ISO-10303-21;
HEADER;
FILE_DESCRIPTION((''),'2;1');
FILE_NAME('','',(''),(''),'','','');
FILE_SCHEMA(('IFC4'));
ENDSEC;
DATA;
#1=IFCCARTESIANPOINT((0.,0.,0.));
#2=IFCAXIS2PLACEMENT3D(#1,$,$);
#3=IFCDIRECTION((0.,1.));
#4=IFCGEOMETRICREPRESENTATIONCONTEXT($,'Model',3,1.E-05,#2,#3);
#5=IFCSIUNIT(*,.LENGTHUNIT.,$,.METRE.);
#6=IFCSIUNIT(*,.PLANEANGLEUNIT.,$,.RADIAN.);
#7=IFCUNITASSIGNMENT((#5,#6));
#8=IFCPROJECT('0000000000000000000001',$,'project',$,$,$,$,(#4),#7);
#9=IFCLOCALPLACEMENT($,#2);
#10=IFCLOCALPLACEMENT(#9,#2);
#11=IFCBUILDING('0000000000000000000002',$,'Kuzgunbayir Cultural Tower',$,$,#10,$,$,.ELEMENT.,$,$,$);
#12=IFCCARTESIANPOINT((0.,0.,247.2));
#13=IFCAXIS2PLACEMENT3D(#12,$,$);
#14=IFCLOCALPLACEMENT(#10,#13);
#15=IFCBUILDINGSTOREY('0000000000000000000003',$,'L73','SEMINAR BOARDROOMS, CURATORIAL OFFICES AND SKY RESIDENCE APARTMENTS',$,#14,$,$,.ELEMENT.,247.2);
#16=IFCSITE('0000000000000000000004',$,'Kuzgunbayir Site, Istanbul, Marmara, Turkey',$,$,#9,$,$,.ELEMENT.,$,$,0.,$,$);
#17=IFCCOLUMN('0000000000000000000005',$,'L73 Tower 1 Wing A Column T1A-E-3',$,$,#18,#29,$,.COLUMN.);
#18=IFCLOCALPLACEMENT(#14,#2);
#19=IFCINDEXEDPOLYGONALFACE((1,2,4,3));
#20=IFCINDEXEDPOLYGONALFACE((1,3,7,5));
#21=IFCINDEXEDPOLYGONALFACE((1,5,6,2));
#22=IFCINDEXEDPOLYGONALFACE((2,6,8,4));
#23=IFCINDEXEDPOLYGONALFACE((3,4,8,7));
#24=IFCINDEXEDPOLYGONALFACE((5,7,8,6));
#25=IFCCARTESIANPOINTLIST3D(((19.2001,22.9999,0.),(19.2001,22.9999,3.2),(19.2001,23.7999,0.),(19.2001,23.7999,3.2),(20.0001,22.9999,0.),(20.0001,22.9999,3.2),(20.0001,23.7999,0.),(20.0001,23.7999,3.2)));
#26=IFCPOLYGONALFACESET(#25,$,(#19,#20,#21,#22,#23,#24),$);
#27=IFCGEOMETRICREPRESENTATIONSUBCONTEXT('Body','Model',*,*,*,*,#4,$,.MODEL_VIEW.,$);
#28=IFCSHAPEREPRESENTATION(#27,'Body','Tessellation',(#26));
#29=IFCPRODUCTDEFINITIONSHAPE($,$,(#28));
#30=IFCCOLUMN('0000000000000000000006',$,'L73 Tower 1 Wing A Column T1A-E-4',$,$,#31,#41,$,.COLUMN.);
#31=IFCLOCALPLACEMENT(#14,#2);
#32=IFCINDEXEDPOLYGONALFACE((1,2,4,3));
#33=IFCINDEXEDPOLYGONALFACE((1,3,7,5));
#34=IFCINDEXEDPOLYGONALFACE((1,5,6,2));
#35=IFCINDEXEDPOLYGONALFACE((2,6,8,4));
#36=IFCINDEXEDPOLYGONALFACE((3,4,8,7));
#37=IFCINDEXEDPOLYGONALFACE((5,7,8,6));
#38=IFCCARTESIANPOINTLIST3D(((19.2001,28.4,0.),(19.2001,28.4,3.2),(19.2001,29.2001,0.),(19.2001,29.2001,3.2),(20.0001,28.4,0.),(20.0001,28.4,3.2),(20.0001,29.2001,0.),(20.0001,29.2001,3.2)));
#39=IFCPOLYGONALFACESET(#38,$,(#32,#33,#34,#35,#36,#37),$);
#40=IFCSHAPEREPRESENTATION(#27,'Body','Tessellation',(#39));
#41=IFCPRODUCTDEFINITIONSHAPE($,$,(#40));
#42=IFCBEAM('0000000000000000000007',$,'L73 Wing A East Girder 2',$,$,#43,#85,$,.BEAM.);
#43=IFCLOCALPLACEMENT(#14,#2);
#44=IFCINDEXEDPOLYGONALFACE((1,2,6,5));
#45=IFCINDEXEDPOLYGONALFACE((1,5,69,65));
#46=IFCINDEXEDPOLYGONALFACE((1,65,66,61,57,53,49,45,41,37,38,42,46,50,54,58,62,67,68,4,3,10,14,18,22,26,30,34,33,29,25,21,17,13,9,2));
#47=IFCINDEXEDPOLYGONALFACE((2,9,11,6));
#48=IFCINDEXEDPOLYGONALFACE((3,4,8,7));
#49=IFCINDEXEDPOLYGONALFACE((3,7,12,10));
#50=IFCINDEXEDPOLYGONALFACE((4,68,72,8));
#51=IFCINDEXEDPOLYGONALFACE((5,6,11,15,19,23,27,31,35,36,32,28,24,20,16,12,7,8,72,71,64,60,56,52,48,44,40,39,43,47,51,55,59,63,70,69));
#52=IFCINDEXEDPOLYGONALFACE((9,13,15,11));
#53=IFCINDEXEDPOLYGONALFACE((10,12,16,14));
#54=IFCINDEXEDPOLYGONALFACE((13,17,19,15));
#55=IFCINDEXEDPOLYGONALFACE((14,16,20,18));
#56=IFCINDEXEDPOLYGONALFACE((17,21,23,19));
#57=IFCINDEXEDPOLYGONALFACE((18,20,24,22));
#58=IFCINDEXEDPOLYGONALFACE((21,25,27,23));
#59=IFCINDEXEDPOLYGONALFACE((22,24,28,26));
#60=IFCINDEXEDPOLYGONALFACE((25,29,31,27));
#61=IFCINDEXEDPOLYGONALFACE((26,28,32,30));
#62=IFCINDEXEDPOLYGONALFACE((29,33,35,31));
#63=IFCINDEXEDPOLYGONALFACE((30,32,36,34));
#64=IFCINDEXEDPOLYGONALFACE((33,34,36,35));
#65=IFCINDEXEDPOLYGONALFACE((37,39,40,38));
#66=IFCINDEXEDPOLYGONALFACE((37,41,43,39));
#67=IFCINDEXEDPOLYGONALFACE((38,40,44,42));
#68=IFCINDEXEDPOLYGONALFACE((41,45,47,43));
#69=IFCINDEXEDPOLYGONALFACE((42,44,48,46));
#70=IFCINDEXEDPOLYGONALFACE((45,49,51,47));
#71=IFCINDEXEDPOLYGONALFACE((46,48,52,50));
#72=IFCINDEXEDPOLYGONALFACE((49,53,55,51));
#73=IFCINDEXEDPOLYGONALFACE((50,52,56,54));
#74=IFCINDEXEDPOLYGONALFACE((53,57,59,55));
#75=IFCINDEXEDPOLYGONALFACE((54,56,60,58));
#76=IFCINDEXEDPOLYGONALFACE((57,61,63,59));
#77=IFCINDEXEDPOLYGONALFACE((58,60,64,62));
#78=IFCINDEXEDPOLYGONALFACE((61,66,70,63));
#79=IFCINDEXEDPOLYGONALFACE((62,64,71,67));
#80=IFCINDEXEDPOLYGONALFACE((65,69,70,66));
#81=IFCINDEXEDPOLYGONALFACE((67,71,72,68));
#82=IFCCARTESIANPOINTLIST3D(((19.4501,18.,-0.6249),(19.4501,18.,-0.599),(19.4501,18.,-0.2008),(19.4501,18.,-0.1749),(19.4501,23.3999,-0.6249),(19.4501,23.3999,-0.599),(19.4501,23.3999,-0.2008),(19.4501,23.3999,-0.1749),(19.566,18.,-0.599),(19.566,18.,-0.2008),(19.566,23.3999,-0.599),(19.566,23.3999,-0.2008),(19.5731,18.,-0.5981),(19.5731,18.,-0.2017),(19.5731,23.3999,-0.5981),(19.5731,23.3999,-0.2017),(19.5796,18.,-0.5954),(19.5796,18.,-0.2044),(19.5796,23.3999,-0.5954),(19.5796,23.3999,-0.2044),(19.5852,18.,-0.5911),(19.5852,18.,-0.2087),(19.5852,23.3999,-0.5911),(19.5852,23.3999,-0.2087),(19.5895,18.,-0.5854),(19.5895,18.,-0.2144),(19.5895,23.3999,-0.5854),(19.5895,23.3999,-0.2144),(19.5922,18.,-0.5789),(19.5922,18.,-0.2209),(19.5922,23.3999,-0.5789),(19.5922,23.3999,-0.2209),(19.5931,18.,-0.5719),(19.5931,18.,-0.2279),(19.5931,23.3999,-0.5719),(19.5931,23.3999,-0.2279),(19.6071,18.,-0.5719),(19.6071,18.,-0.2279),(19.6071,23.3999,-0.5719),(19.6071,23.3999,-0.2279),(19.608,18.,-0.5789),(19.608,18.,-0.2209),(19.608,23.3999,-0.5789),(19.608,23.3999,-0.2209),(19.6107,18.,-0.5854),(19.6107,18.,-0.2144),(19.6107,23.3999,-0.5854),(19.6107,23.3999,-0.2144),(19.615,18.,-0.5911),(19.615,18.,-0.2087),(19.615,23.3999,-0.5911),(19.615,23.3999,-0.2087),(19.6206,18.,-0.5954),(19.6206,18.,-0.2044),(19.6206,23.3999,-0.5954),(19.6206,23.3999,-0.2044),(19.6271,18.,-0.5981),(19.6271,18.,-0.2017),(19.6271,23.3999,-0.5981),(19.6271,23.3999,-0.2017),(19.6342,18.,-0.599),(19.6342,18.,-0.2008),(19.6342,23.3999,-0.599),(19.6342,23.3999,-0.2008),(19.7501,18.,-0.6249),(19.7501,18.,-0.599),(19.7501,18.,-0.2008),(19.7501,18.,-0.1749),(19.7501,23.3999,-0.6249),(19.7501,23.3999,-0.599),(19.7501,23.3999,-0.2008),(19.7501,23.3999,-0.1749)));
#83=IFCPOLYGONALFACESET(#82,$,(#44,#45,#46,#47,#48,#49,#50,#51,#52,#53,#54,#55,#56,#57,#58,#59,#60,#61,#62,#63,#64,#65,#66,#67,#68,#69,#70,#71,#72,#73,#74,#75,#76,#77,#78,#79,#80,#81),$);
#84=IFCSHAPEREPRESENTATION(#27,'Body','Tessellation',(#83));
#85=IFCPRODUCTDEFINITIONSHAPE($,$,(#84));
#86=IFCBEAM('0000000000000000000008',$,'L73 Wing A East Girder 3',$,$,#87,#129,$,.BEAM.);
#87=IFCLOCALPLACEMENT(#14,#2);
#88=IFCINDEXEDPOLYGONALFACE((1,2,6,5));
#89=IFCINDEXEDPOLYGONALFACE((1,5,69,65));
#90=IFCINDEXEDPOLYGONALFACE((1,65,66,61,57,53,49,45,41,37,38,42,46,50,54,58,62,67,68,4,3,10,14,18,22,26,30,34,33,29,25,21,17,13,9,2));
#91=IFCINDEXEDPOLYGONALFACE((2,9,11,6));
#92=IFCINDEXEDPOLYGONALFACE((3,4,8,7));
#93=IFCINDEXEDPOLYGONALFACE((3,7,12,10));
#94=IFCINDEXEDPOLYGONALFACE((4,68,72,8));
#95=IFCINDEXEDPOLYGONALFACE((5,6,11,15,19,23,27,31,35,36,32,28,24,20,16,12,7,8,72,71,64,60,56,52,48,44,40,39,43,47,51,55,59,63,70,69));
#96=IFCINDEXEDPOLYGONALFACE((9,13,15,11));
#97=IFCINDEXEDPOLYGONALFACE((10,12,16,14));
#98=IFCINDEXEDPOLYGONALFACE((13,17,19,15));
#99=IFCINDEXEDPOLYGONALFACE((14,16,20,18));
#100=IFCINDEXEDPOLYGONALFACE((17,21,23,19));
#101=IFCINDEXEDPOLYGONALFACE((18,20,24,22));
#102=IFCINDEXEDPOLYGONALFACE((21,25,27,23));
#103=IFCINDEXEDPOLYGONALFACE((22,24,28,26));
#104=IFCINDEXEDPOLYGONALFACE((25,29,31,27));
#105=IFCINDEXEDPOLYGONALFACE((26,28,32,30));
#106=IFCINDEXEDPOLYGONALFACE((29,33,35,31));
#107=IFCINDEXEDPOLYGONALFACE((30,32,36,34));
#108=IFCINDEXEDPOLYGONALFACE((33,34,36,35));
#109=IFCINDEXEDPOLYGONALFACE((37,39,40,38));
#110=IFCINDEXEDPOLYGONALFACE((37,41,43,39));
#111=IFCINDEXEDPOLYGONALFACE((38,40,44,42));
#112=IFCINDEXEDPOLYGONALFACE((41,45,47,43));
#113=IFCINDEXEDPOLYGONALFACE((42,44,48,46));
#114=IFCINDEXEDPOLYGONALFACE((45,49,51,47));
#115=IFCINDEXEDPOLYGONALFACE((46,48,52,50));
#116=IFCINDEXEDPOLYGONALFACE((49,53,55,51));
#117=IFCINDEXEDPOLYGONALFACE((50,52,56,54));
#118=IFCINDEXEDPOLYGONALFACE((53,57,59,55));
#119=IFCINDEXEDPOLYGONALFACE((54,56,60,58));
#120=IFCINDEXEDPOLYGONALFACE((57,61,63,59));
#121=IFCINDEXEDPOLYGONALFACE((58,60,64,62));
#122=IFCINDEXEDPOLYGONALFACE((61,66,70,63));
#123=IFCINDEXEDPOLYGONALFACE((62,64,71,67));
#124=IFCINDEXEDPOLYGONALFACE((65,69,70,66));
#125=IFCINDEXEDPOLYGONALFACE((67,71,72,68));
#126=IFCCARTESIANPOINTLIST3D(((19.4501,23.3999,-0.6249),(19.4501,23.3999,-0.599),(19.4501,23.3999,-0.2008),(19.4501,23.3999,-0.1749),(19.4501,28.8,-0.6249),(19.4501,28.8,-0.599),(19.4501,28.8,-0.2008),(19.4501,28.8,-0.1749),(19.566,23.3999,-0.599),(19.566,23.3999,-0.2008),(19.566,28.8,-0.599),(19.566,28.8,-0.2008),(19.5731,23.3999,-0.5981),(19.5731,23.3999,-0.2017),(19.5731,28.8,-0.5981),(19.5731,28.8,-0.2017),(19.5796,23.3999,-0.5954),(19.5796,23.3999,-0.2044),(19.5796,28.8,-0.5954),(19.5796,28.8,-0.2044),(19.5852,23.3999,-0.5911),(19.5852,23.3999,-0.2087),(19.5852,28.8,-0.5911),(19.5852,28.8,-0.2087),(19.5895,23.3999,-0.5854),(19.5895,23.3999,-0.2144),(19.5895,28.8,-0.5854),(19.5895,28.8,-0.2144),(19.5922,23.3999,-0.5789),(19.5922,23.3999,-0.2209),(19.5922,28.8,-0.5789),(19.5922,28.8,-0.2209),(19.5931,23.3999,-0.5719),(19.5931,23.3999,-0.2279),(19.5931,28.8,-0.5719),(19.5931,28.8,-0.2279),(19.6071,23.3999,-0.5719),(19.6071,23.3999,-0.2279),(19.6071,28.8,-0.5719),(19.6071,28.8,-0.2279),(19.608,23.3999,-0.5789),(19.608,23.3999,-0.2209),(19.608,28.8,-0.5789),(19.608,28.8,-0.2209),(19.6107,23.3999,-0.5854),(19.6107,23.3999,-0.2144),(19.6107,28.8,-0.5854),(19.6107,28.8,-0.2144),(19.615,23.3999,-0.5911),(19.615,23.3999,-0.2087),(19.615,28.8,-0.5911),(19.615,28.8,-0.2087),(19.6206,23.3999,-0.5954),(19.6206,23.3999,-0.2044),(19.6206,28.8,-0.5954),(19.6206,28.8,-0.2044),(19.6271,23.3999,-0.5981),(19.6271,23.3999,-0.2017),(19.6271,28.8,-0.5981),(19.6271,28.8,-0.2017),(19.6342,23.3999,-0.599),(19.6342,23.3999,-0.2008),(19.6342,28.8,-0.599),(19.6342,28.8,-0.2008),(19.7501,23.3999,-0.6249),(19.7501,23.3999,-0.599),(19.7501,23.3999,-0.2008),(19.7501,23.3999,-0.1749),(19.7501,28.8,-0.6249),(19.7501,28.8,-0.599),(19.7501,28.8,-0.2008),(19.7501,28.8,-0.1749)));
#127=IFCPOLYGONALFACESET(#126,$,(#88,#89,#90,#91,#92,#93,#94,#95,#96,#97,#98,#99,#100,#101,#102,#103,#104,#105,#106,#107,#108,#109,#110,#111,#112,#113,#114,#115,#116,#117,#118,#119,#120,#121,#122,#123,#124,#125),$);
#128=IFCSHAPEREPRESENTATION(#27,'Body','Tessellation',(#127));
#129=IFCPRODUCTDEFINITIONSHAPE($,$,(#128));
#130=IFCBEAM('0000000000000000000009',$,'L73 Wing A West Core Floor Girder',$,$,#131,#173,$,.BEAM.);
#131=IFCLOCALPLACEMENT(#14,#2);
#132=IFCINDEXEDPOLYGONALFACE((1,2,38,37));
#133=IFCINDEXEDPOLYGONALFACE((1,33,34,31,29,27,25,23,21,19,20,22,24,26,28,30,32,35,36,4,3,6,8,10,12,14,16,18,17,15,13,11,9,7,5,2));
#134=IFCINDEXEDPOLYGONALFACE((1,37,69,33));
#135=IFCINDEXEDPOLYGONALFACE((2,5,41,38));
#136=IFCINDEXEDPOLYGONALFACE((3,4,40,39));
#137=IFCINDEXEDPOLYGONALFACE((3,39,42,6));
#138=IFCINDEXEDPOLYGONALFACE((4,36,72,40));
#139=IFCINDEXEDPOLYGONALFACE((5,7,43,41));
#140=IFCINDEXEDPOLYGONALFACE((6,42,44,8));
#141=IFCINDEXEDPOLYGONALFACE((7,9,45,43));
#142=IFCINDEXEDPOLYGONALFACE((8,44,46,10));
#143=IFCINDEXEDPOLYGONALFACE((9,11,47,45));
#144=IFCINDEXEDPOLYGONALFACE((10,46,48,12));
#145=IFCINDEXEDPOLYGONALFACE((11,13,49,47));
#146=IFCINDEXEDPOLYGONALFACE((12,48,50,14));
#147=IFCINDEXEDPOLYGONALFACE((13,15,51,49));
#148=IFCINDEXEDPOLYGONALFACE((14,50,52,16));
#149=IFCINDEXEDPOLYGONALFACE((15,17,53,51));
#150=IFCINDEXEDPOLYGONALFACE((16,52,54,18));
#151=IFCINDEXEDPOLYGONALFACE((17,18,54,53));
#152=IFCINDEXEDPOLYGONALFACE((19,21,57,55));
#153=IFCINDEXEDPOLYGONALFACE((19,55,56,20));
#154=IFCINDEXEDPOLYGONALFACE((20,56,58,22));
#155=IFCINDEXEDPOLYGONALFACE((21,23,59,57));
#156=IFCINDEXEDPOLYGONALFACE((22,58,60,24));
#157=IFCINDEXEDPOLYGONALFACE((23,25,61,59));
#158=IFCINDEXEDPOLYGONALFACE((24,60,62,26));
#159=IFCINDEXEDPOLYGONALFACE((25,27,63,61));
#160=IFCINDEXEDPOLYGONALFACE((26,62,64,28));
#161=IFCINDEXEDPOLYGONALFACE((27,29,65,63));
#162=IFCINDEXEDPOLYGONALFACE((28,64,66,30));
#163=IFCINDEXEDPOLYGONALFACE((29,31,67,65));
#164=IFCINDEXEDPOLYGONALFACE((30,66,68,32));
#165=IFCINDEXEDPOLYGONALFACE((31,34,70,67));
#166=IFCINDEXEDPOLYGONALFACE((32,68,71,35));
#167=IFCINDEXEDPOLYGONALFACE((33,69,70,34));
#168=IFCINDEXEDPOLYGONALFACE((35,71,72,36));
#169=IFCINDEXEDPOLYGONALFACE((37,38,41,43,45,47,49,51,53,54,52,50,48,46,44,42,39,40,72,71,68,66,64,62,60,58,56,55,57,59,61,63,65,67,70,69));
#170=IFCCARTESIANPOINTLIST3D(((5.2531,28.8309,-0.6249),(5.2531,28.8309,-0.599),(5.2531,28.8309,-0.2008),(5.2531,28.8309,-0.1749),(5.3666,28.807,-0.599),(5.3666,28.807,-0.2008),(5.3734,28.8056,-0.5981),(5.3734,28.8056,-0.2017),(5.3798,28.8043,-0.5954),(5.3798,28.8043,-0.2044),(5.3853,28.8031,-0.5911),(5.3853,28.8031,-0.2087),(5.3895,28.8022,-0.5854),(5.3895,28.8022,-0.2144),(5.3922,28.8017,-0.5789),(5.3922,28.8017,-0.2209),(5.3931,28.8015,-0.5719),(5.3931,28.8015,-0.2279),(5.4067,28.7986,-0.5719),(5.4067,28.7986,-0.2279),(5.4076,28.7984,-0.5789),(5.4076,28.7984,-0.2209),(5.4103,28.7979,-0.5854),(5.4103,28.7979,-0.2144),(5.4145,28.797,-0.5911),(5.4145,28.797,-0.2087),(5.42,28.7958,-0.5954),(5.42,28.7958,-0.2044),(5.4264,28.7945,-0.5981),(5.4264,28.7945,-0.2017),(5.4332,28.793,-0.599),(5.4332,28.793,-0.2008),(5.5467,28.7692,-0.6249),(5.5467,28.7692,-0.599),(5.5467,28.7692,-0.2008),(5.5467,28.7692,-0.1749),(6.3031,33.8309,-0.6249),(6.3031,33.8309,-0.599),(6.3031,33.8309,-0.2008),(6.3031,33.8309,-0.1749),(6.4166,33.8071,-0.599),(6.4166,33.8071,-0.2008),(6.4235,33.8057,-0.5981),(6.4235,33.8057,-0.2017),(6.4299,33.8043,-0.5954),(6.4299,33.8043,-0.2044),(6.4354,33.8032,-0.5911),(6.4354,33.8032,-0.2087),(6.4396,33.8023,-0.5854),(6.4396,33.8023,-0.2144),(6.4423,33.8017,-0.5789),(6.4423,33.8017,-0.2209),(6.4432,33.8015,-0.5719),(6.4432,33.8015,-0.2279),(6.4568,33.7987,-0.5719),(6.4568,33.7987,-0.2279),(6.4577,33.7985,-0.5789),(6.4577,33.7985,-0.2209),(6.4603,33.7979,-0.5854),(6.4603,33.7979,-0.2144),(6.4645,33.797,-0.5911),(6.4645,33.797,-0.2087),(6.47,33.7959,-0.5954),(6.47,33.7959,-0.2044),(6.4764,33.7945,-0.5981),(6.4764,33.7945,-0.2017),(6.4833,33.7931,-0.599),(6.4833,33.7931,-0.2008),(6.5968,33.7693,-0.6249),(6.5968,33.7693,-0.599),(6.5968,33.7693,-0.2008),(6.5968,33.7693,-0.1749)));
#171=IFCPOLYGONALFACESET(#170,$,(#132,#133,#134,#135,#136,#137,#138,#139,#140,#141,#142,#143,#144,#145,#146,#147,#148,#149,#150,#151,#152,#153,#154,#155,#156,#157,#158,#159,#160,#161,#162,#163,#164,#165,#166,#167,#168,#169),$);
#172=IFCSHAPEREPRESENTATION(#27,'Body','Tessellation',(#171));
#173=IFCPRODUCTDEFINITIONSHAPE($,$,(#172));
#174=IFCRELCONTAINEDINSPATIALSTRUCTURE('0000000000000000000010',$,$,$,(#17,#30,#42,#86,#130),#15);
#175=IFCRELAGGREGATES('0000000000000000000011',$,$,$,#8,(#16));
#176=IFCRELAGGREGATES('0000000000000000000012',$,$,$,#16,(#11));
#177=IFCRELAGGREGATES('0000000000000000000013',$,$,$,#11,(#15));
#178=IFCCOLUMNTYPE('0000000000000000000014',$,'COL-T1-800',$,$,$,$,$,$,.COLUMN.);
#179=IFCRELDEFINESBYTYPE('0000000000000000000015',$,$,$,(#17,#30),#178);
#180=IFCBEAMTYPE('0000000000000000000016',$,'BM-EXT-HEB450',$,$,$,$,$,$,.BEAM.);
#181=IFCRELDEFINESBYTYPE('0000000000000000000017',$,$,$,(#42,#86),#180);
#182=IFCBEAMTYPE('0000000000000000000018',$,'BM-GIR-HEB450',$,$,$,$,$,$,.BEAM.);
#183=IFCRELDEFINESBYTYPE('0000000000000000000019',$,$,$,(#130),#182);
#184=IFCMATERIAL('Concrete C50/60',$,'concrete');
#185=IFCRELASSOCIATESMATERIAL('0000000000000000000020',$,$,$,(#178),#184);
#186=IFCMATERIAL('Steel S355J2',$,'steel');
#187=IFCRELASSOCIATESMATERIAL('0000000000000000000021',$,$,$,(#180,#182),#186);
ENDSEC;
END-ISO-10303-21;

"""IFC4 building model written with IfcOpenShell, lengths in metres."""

from ifc_helpers import new_model, si_unit, direction, frame, origin, origin_2d, place, context, subcontext, project, spatial, rectangle, i_section, extrude, material, material_profile, profile_set, type_object, element, save


model = new_model("IFC4")

# Units and contexts
model_context = context("Model", 3, precision=1e-05, world=origin(), true_north=direction((0.0, 1.0)))
body_context = subcontext(model_context, "Body", "Model", "MODEL_VIEW")
ifc_project = project(units=[si_unit("LENGTHUNIT", "METRE"), si_unit("PLANEANGLEUNIT", "RADIAN")], contexts=[model_context])

# Site, building, storey
site_placement = place(None, origin())
site = spatial("IfcSite", under=ifc_project, at=site_placement, Name="Kuzgunbayir Site, Istanbul, Marmara, Turkey", CompositionType="ELEMENT", RefElevation=0.0)
building_placement = place(site_placement, origin())
building = spatial("IfcBuilding", under=site, at=building_placement, Name="Kuzgunbayir Cultural Tower", CompositionType="ELEMENT")
storey_placement = place(building_placement, frame((0.0, 0.0, 247.2)))
storey = spatial("IfcBuildingStorey", under=building, at=storey_placement, Name="L73", Description="SEMINAR BOARDROOMS, CURATORIAL OFFICES AND SKY RESIDENCE APARTMENTS", CompositionType="ELEMENT", Elevation=247.2)

# Columns
ifc_material_1 = material(Name="Concrete C50/60", Category="concrete")
ifc_material_profile_1 = material_profile(ifc_material_1, rectangle(XDim=0.8, YDim=0.8, at=origin_2d()), Name="RC 800x800")
ifc_profile_set_1 = profile_set([ifc_material_profile_1], Name="Concrete C50/60")
column_type = type_object("IfcColumnType", Name="COL-T1-800", PredefinedType="COLUMN", material=ifc_profile_set_1)
for number, where, z_axis, x_axis, name in (
    (1, (19.6001, 23.3999, 0.0), (0.0, 0.0, 1.0), (1.0, 0.0, 0.0), "L73 Tower 1 Wing A Column T1A-E-3"),
    (2, (19.6001, 28.8, 0.0), (0.0, 0.0, 1.0), (1.0, 0.0, 0.0), "L73 Tower 1 Wing A Column T1A-E-4"),
):
    element("IfcColumn", number, at=place(storey_placement, frame(where, z_axis=z_axis, x_axis=x_axis)), inside=storey, type_object=column_type, Name=name, PredefinedType="COLUMN", context=body_context, shape_type="SweptSolid", body=[
        extrude(rectangle(XDim=0.8, YDim=0.8, at=origin_2d()), origin(), (0.0, 0.0, 1.0), 3.2),
    ])

# Beams
ifc_material_2 = material(Name="Steel S355J2", Category="steel")
ifc_material_profile_2 = material_profile(ifc_material_2, i_section(OverallWidth=0.3, OverallDepth=0.45, WebThickness=0.0139, FlangeThickness=0.0259, FilletRadius=0.0271, at=origin_2d()), Name="HEB 450")
ifc_profile_set_2 = profile_set([ifc_material_profile_2], Name="Steel S355J2")
beam_type_1 = type_object("IfcBeamType", Name="BM-EXT-HEB450", PredefinedType="BEAM", material=ifc_profile_set_2)
beam_1_placement = place(storey_placement, frame((19.6001, 18.0, -0.3999), z_axis=(0.0, 1.0, 0.0), x_axis=(-1.0, 0.0, 0.0)))
element("IfcBeam", 3, at=beam_1_placement, inside=storey, type_object=beam_type_1, Name="L73 Wing A East Girder 2", PredefinedType="BEAM", context=body_context, shape_type="SweptSolid", body=[
    extrude(i_section(OverallWidth=0.3, OverallDepth=0.45, WebThickness=0.0139, FlangeThickness=0.0259, FilletRadius=0.0271, at=origin_2d()), origin(), (0.0, 0.0, 1.0), 5.3999),
])
beam_2_placement = place(storey_placement, frame((19.6001, 23.3999, -0.3999), z_axis=(0.0, 1.0, 0.0), x_axis=(-1.0, 0.0, 0.0)))
element("IfcBeam", 4, at=beam_2_placement, inside=storey, type_object=beam_type_1, Name="L73 Wing A East Girder 3", PredefinedType="BEAM", context=body_context, shape_type="SweptSolid", body=[
    extrude(i_section(OverallWidth=0.3, OverallDepth=0.45, WebThickness=0.0139, FlangeThickness=0.0259, FilletRadius=0.0271, at=origin_2d()), origin(), (0.0, 0.0, 1.0), 5.4001),
])
ifc_material_profile_3 = material_profile(ifc_material_2, i_section(OverallWidth=0.3, OverallDepth=0.45, WebThickness=0.0139, FlangeThickness=0.0259, FilletRadius=0.0271, at=origin_2d()), Name="HEB 450")
ifc_profile_set_3 = profile_set([ifc_material_profile_3], Name="Steel S355J2")
beam_type_2 = type_object("IfcBeamType", Name="BM-GIR-HEB450", PredefinedType="BEAM", material=ifc_profile_set_3)
beam_3_placement = place(storey_placement, frame((5.3999, 28.8, -0.3999), z_axis=(0.205526, 0.978652, 0.0), x_axis=(-0.978652, 0.205526, 0.0)))
element("IfcBeam", 5, at=beam_3_placement, inside=storey, type_object=beam_type_2, Name="L73 Wing A West Core Floor Girder", PredefinedType="BEAM", context=body_context, shape_type="SweptSolid", body=[
    extrude(i_section(OverallWidth=0.3, OverallDepth=0.45, WebThickness=0.0139, FlangeThickness=0.0259, FilletRadius=0.0271, at=origin_2d()), origin(), (0.0, 0.0, 1.0), 5.1091),
])

save(model, "model.ifc")
